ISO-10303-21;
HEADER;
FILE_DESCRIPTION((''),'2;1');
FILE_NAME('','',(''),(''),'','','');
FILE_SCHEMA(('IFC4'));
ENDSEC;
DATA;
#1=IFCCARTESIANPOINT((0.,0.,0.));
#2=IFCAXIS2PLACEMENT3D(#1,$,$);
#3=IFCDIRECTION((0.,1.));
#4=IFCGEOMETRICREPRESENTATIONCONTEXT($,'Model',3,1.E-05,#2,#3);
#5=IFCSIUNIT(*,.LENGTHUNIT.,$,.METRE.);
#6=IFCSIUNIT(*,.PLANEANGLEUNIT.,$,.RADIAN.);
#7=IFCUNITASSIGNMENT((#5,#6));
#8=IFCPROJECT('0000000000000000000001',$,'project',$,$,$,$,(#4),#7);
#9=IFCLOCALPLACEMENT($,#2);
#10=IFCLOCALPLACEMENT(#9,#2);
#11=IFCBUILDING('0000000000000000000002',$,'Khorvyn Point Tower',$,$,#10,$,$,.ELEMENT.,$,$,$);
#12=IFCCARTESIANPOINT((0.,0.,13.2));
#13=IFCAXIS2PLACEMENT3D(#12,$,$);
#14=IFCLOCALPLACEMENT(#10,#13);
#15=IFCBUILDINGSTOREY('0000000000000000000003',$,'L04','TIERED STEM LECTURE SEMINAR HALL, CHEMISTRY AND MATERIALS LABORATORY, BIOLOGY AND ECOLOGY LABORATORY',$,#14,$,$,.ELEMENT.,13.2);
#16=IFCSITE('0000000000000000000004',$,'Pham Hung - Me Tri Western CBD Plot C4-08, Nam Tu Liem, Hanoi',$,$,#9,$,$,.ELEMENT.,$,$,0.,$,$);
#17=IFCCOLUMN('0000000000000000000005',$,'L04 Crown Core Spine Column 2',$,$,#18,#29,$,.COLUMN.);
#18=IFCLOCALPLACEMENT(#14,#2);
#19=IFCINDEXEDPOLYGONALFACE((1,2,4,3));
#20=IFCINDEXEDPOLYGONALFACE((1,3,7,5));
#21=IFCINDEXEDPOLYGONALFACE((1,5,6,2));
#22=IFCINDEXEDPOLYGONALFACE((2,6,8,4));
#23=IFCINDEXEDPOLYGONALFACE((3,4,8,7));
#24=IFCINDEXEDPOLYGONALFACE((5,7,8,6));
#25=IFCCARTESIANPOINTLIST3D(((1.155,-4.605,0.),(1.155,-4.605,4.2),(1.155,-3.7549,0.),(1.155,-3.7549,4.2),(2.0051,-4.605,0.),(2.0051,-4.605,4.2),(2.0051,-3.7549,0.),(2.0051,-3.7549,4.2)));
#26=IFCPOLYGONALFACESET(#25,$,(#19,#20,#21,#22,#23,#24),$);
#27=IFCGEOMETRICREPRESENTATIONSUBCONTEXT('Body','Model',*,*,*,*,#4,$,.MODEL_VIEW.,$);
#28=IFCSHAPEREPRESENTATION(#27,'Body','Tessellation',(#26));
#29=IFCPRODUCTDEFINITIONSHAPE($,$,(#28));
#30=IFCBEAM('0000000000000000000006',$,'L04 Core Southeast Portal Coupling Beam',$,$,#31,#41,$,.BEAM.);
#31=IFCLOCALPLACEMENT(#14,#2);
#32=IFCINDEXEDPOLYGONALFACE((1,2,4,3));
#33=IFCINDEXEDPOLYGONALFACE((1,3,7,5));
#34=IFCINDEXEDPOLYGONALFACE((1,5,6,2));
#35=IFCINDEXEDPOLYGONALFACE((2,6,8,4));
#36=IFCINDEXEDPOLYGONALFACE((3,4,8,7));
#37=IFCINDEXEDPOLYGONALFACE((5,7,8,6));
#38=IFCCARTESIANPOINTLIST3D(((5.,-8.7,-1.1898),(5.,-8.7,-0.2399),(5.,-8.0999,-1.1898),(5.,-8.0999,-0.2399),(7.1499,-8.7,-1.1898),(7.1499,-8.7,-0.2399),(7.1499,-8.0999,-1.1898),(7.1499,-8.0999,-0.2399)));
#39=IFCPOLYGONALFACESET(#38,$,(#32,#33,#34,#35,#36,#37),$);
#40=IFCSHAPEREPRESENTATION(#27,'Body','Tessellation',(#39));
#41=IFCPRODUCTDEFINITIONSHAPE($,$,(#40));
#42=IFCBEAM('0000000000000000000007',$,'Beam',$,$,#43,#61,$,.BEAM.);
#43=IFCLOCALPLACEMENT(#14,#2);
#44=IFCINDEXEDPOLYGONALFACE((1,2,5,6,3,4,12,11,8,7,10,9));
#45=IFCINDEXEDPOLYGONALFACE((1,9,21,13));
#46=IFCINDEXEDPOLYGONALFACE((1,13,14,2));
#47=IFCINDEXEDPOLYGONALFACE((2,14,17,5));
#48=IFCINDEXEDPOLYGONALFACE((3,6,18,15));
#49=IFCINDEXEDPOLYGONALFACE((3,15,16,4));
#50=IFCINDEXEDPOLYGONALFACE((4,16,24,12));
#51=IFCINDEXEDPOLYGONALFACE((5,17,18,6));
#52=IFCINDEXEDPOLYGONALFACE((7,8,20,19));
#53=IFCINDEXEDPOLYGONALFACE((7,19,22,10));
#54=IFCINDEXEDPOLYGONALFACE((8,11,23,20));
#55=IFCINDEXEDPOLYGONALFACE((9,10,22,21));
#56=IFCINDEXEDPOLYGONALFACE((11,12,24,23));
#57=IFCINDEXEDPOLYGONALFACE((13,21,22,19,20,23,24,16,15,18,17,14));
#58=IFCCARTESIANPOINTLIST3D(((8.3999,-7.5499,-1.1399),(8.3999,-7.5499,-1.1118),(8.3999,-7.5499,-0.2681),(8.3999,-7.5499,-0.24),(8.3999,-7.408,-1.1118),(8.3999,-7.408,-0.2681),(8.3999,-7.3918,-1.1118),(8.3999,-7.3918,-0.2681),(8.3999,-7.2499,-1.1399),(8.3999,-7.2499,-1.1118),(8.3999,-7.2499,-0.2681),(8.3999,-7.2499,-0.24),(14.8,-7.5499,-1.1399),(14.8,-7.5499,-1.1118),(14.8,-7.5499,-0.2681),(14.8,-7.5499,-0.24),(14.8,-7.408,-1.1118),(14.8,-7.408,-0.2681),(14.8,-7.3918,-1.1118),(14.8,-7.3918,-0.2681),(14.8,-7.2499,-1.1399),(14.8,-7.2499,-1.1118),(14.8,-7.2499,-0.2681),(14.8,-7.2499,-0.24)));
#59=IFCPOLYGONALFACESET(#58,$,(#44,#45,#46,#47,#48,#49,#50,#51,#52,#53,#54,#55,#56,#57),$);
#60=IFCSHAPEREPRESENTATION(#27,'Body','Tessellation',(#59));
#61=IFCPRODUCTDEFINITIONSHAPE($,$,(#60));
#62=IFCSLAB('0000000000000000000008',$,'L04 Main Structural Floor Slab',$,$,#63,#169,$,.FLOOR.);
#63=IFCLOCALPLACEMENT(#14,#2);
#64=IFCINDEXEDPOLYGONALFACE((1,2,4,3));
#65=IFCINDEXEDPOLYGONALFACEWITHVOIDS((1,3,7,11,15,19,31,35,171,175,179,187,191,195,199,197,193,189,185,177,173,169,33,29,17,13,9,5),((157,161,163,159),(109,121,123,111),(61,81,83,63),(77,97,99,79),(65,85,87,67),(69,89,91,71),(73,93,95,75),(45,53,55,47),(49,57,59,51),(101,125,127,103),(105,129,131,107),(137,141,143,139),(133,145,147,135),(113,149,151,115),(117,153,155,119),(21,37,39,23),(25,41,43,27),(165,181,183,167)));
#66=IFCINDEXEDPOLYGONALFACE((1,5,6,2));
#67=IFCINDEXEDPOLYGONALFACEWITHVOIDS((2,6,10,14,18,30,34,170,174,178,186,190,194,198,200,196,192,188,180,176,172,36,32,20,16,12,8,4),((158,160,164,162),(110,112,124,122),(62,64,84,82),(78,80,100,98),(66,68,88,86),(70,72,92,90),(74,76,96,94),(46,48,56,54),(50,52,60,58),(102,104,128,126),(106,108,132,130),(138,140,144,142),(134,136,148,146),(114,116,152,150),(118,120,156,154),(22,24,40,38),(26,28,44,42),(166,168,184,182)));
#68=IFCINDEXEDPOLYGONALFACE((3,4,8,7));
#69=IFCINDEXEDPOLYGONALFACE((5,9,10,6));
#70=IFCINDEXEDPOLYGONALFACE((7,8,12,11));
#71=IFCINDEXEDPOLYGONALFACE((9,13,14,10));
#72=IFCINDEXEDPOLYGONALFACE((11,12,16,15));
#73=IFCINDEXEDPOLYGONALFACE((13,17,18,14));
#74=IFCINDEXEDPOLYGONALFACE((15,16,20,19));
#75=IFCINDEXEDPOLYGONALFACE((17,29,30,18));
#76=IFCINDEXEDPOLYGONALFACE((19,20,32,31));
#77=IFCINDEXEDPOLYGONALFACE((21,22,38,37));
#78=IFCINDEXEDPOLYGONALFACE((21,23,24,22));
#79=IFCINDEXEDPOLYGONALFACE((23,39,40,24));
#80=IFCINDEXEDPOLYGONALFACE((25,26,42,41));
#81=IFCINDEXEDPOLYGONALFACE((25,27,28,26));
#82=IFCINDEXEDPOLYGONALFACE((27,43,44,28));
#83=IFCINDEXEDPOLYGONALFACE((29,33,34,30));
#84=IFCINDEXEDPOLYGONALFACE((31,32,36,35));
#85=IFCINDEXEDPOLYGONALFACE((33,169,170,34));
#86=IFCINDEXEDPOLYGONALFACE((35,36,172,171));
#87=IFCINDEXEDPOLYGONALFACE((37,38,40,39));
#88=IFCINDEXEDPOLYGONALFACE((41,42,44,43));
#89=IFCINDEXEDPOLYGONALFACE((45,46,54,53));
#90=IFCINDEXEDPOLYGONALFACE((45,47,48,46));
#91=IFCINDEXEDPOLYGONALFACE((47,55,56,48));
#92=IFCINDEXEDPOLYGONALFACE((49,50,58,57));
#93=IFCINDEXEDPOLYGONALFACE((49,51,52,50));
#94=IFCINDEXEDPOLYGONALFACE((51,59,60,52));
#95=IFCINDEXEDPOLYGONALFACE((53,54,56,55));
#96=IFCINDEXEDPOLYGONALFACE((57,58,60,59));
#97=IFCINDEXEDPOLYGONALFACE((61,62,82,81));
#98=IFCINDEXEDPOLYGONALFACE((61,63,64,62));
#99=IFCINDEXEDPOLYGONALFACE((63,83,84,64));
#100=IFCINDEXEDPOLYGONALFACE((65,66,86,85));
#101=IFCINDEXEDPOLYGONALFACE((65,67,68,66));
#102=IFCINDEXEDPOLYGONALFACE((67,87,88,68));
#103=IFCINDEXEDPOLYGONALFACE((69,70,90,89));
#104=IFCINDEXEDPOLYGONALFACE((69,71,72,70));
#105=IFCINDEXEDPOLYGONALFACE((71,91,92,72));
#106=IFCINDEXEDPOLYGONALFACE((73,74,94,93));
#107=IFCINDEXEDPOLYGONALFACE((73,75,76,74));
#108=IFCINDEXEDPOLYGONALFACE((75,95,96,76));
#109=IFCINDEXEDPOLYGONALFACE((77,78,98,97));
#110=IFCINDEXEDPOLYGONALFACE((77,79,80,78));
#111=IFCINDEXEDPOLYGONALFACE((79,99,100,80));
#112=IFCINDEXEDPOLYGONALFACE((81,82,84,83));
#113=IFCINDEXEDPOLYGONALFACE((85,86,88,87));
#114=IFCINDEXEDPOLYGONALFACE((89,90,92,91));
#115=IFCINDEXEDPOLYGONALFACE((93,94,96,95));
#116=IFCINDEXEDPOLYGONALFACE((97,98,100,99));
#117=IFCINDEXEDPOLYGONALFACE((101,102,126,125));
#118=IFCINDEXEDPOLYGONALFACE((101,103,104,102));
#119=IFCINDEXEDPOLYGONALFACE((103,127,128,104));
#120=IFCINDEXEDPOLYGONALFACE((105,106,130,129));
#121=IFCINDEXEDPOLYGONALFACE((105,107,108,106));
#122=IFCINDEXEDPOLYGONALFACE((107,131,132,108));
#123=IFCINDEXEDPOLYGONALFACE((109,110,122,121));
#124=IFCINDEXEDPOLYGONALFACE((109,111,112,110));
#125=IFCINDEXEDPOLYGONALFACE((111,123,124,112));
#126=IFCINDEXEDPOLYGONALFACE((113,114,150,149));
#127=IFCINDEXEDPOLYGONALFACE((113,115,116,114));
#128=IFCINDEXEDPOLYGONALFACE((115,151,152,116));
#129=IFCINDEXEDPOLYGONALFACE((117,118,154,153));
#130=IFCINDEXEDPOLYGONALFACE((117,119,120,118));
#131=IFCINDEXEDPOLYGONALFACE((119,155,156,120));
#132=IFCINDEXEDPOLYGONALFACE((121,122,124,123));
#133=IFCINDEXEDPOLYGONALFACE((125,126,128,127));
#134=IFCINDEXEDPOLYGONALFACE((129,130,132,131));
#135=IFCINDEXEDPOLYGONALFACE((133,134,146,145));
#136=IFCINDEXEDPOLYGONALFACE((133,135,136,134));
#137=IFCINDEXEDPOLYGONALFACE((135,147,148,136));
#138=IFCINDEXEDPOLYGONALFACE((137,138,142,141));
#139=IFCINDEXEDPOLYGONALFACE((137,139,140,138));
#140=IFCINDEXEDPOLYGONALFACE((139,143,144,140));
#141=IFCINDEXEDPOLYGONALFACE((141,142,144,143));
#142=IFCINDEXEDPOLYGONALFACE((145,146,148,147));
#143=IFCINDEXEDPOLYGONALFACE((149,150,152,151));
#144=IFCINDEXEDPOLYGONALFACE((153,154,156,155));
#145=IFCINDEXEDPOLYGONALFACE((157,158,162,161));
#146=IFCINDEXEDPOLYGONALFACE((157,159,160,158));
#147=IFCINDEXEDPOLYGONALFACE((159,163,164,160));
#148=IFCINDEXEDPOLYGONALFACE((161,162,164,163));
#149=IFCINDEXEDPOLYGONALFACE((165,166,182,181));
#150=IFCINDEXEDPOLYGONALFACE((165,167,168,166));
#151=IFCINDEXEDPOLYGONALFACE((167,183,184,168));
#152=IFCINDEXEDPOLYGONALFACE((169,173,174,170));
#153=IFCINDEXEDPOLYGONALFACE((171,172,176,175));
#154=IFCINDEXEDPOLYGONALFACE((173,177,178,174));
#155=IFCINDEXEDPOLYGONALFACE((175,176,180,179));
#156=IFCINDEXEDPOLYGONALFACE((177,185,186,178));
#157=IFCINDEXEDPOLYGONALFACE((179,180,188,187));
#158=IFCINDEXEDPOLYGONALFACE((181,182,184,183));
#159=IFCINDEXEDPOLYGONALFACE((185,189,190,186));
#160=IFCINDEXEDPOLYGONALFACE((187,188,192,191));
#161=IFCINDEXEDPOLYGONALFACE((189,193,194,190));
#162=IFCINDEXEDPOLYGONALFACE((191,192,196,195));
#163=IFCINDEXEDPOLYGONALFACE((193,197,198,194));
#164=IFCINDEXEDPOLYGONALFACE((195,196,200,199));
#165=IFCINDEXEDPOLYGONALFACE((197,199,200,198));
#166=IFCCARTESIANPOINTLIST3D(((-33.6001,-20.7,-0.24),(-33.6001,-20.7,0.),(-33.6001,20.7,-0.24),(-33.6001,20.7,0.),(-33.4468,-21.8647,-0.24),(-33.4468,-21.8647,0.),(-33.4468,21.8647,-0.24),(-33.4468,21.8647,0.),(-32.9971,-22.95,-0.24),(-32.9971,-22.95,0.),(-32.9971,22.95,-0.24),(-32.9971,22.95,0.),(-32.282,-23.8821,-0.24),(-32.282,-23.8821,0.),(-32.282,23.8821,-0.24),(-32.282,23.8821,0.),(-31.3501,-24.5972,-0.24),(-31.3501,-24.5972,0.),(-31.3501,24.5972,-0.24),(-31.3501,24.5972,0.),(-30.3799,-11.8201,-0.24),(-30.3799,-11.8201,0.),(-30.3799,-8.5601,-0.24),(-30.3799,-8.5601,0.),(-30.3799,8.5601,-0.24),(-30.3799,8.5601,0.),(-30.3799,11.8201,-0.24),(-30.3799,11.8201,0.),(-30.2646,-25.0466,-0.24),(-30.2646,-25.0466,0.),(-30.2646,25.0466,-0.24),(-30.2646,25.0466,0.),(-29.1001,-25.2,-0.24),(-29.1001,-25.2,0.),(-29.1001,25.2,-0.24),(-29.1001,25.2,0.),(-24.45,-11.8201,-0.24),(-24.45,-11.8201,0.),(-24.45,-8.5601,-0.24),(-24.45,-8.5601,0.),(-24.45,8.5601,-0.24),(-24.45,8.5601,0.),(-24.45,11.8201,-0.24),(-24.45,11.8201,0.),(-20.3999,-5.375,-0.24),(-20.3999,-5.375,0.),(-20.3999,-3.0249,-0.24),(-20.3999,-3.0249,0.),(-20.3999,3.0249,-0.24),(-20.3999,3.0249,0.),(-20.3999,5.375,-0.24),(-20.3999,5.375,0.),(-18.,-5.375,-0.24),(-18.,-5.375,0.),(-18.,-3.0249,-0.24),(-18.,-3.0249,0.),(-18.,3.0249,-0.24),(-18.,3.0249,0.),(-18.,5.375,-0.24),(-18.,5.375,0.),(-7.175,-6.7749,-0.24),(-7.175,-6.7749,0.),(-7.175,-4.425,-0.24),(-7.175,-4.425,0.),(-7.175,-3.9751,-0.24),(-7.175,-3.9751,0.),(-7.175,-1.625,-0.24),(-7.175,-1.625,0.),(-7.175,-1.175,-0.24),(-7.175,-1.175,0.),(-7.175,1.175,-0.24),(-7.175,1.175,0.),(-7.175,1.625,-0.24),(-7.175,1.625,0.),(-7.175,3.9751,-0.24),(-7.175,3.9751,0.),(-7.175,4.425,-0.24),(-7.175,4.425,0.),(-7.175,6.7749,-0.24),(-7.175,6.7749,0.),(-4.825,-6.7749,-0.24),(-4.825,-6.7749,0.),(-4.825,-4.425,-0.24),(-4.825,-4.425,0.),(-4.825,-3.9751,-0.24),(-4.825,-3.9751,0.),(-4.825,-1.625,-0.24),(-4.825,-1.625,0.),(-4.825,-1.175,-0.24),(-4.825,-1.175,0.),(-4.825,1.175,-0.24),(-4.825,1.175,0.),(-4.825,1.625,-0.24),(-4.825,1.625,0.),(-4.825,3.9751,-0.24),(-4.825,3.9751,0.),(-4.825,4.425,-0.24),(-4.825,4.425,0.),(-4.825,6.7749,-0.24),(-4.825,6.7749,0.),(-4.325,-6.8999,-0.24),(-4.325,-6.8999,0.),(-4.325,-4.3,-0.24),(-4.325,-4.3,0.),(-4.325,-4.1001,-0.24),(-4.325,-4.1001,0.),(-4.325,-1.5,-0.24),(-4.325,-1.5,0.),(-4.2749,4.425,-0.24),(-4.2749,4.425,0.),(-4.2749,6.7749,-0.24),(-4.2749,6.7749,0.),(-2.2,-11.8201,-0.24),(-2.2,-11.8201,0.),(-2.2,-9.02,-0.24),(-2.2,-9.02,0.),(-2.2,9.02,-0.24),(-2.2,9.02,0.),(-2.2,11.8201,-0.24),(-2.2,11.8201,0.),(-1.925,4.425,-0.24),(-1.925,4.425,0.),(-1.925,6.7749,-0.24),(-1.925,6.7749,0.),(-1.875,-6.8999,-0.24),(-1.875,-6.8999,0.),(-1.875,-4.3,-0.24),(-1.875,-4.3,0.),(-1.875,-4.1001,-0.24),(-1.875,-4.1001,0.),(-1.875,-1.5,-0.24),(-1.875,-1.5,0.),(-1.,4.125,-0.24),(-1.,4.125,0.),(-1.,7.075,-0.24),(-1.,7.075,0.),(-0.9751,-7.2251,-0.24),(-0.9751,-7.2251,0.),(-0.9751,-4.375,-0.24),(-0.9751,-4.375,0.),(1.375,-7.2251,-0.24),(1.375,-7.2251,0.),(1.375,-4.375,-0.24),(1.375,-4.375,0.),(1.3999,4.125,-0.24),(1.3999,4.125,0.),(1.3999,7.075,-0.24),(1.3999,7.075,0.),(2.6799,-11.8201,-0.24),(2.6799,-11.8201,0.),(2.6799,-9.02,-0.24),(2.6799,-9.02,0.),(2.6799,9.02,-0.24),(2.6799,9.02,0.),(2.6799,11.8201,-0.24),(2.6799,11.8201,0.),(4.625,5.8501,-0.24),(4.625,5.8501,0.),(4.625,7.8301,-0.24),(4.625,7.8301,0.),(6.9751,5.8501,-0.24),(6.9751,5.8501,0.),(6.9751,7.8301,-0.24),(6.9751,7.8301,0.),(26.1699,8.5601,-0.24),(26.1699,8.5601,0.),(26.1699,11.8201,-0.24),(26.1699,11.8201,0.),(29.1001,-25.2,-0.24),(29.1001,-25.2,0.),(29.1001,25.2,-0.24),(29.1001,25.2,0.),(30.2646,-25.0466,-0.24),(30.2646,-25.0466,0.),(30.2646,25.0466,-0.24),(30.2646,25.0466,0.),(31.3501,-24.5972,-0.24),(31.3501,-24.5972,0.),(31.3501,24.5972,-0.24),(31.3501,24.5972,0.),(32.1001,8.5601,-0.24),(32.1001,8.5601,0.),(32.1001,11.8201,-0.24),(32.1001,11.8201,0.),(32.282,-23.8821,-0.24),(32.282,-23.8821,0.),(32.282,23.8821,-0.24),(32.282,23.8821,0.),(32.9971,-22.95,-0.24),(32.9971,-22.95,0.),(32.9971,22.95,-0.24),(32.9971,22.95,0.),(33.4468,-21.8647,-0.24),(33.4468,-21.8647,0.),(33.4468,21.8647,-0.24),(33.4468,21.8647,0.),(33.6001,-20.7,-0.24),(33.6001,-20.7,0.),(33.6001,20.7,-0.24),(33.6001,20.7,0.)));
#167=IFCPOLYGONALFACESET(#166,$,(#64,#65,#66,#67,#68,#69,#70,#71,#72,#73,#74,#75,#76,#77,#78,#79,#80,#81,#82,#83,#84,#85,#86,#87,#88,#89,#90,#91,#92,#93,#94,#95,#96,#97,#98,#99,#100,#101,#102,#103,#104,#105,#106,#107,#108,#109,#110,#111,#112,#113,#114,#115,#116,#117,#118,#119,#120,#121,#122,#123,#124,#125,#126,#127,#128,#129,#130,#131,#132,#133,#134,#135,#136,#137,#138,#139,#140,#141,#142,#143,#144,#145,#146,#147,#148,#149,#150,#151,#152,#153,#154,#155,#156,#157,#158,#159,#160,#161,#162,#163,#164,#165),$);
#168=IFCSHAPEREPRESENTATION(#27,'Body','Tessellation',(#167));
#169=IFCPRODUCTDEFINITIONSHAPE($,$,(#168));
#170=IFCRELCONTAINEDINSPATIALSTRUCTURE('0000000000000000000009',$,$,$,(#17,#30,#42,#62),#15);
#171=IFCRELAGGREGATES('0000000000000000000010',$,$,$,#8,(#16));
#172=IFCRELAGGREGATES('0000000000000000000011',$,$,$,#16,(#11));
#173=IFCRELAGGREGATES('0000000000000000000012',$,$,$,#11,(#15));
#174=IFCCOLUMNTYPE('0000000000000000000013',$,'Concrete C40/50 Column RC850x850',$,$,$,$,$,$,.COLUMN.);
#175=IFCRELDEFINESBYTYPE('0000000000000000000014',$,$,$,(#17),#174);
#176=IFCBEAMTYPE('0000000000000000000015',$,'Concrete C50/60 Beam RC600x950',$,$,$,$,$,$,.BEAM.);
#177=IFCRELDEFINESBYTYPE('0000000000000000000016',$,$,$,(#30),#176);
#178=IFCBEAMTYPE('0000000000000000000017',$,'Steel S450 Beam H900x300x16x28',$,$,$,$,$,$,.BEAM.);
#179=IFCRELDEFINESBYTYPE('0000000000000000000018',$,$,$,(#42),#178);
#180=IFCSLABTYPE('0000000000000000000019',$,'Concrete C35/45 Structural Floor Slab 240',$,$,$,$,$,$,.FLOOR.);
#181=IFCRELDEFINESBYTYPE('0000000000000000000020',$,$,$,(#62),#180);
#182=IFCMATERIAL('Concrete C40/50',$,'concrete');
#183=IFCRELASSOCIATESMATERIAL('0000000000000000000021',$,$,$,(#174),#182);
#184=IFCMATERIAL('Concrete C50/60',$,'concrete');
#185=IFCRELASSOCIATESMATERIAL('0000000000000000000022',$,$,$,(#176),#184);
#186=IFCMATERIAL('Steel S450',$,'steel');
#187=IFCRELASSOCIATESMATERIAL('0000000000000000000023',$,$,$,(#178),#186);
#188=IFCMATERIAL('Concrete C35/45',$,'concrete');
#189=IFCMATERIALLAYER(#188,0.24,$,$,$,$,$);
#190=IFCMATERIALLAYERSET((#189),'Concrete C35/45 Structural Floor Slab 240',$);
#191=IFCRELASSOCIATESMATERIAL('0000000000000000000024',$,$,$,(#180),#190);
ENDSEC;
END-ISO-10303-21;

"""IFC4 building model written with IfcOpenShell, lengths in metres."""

from ifc_helpers import new_model, si_unit, direction, frame, origin, origin_2d, place, context, subcontext, project, spatial, polyline, rectangle, i_section, outline, extrude, material, layer, layer_set, material_profile, profile_set, type_object, element, save


model = new_model("IFC4")

# Units and contexts
model_context = context("Model", 3, precision=1e-05, world=origin(), true_north=direction((0.0, 1.0)))
body_context = subcontext(model_context, "Body", "Model", "MODEL_VIEW")
ifc_project = project(units=[si_unit("LENGTHUNIT", "METRE"), si_unit("PLANEANGLEUNIT", "RADIAN")], contexts=[model_context])

# Site, building, storey
site_placement = place(None, origin())
site = spatial("IfcSite", under=ifc_project, at=site_placement, Name="Pham Hung - Me Tri Western CBD Plot C4-08, Nam Tu Liem, Hanoi", CompositionType="ELEMENT", RefElevation=0.0)
building_placement = place(site_placement, origin())
building = spatial("IfcBuilding", under=site, at=building_placement, Name="Khorvyn Point Tower", CompositionType="ELEMENT")
storey_placement = place(building_placement, frame((0.0, 0.0, 13.2)))
storey = spatial("IfcBuildingStorey", under=building, at=storey_placement, Name="L04", Description="TIERED STEM LECTURE SEMINAR HALL, CHEMISTRY AND MATERIALS LABORATORY, BIOLOGY AND ECOLOGY LABORATORY", CompositionType="ELEMENT", Elevation=13.2)

# Column
ifc_material_1 = material(Name="Concrete C40/50", Category="concrete")
ifc_material_profile_1 = material_profile(ifc_material_1, rectangle(XDim=0.8501, YDim=0.8501, at=origin_2d()))
ifc_profile_set_1 = profile_set([ifc_material_profile_1], Name="Concrete C40/50 RC850x850")
column_type = type_object("IfcColumnType", Name="Concrete C40/50 Column RC850x850", PredefinedType="COLUMN", material=ifc_profile_set_1)
column_placement = place(storey_placement, frame((1.5801, -4.1799, 0.0), z_axis=(0.0, 0.0, 1.0), x_axis=(1.0, 0.0, 0.0)))
element("IfcColumn", 1, at=column_placement, inside=storey, type_object=column_type, Name="L04 Crown Core Spine Column 2", PredefinedType="COLUMN", context=body_context, shape_type="SweptSolid", body=[
    extrude(rectangle(XDim=0.8501, YDim=0.8501, at=origin_2d()), origin(), (0.0, 0.0, 1.0), 4.2),
])

# Beams
ifc_material_2 = material(Name="Concrete C50/60", Category="concrete")
ifc_material_profile_2 = material_profile(ifc_material_2, rectangle(XDim=0.6001, YDim=0.95, at=origin_2d()))
ifc_profile_set_2 = profile_set([ifc_material_profile_2], Name="Concrete C50/60 RC600x950")
beam_type_1 = type_object("IfcBeamType", Name="Concrete C50/60 Beam RC600x950", PredefinedType="BEAM", material=ifc_profile_set_2)
beam_1_placement = place(storey_placement, frame((5.0, -8.3999, -0.7148), z_axis=(1.0, 0.0, 0.0), x_axis=(0.0, 1.0, 0.0)))
element("IfcBeam", 2, at=beam_1_placement, inside=storey, type_object=beam_type_1, Name="L04 Core Southeast Portal Coupling Beam", PredefinedType="BEAM", context=body_context, shape_type="SweptSolid", body=[
    extrude(rectangle(XDim=0.6001, YDim=0.95, at=origin_2d()), origin(), (0.0, 0.0, 1.0), 2.1499),
])
ifc_material_3 = material(Name="Steel S450", Category="steel")
ifc_material_profile_3 = material_profile(ifc_material_3, i_section(OverallWidth=0.3, OverallDepth=0.8999, WebThickness=0.0161, FlangeThickness=0.0281, at=origin_2d()))
ifc_profile_set_3 = profile_set([ifc_material_profile_3], Name="Steel S450 H900x300x16x28")
beam_type_2 = type_object("IfcBeamType", Name="Steel S450 Beam H900x300x16x28", PredefinedType="BEAM", material=ifc_profile_set_3)
beam_2_placement = place(storey_placement, frame((8.3999, -7.3999, -0.6899), z_axis=(1.0, 0.0, 0.0), x_axis=(0.0, 1.0, 0.0)))
element("IfcBeam", 3, at=beam_2_placement, inside=storey, type_object=beam_type_2, Name="Beam", PredefinedType="BEAM", context=body_context, shape_type="SweptSolid", body=[
    extrude(i_section(OverallWidth=0.3, OverallDepth=0.8999, WebThickness=0.0161, FlangeThickness=0.0281, at=origin_2d()), origin(), (0.0, 0.0, 1.0), 6.4001),
])

# Slab
ifc_material_4 = material(Name="Concrete C35/45", Category="concrete")
ifc_layer_1 = layer(ifc_material_4, 0.24)
ifc_layer_set_1 = layer_set([ifc_layer_1], Name="Concrete C35/45 Structural Floor Slab 240")
slab_type_1 = type_object("IfcSlabType", Name="Concrete C35/45 Structural Floor Slab 240", PredefinedType="FLOOR", material=ifc_layer_set_1)
slab_1_placement = place(storey_placement, frame((0.0, 0.0, -0.24)))
element("IfcSlab", 4, at=slab_1_placement, inside=storey, type_object=slab_type_1, Name="L04 Main Structural Floor Slab", PredefinedType="FLOOR", context=body_context, shape_type="SweptSolid", body=[
    extrude(outline(polyline([(-29.1001, -25.2), (-30.2646, -25.0466), (-31.3501, -24.5972), (-32.282, -23.8821), (-32.9971, -22.95), (-33.4468, -21.8647), (-33.6001, -20.7), (-33.6001, 20.7), (-33.4468, 21.8647), (-32.9971, 22.95), (-32.282, 23.8821), (-31.3501, 24.5972), (-30.2646, 25.0466), (-29.1001, 25.2), (29.1001, 25.2), (30.2646, 25.0466), (31.3501, 24.5972), (32.282, 23.8821), (32.9971, 22.95), (33.4468, 21.8647), (33.6001, 20.7), (33.6001, -20.7), (33.4468, -21.8647), (32.9971, -22.95), (32.282, -23.8821), (31.3501, -24.5972), (30.2646, -25.0466), (29.1001, -25.2), (-29.1001, -25.2)]), holes=[polyline([(-30.3799, -11.8201), (-24.45, -11.8201), (-24.45, -8.5601), (-30.3799, -8.5601), (-30.3799, -11.8201)]), polyline([(-7.175, -6.7749), (-4.825, -6.7749), (-4.825, -4.425), (-7.175, -4.425), (-7.175, -6.7749)]), polyline([(-20.3999, -5.375), (-18.0, -5.375), (-18.0, -3.0249), (-20.3999, -3.0249), (-20.3999, -5.375)]), polyline([(-7.175, -3.9751), (-4.825, -3.9751), (-4.825, -1.625), (-7.175, -1.625), (-7.175, -3.9751)]), polyline([(-7.175, -1.175), (-4.825, -1.175), (-4.825, 1.175), (-7.175, 1.175), (-7.175, -1.175)]), polyline([(-7.175, 1.625), (-4.825, 1.625), (-4.825, 3.9751), (-7.175, 3.9751), (-7.175, 1.625)]), polyline([(-20.3999, 3.0249), (-18.0, 3.0249), (-18.0, 5.375), (-20.3999, 5.375), (-20.3999, 3.0249)]), polyline([(-7.175, 6.7749), (-7.175, 4.425), (-4.825, 4.425), (-4.825, 6.7749), (-7.175, 6.7749)]), polyline([(-30.3799, 11.8201), (-30.3799, 8.5601), (-24.45, 8.5601), (-24.45, 11.8201), (-30.3799, 11.8201)]), polyline([(-2.2, -11.8201), (2.6799, -11.8201), (2.6799, -9.02), (-2.2, -9.02), (-2.2, -11.8201)]), polyline([(-0.9751, -7.2251), (1.375, -7.2251), (1.375, -4.375), (-0.9751, -4.375), (-0.9751, -7.2251)]), polyline([(-4.325, -6.8999), (-1.875, -6.8999), (-1.875, -4.3), (-4.325, -4.3), (-4.325, -6.8999)]), polyline([(-4.325, -4.1001), (-1.875, -4.1001), (-1.875, -1.5), (-4.325, -1.5), (-4.325, -4.1001)]), polyline([(-4.2749, 4.425), (-1.925, 4.425), (-1.925, 6.7749), (-4.2749, 6.7749), (-4.2749, 4.425)]), polyline([(-1.0, 4.125), (1.3999, 4.125), (1.3999, 7.075), (-1.0, 7.075), (-1.0, 4.125)]), polyline([(4.625, 5.8501), (6.9751, 5.8501), (6.9751, 7.8301), (4.625, 7.8301), (4.625, 5.8501)]), polyline([(26.1699, 11.8201), (26.1699, 8.5601), (32.1001, 8.5601), (32.1001, 11.8201), (26.1699, 11.8201)]), polyline([(-2.2, 11.8201), (-2.2, 9.02), (2.6799, 9.02), (2.6799, 11.8201), (-2.2, 11.8201)])]), origin(), (0.0, 0.0, 1.0), 0.24),
])

save(model, "model.ifc")
